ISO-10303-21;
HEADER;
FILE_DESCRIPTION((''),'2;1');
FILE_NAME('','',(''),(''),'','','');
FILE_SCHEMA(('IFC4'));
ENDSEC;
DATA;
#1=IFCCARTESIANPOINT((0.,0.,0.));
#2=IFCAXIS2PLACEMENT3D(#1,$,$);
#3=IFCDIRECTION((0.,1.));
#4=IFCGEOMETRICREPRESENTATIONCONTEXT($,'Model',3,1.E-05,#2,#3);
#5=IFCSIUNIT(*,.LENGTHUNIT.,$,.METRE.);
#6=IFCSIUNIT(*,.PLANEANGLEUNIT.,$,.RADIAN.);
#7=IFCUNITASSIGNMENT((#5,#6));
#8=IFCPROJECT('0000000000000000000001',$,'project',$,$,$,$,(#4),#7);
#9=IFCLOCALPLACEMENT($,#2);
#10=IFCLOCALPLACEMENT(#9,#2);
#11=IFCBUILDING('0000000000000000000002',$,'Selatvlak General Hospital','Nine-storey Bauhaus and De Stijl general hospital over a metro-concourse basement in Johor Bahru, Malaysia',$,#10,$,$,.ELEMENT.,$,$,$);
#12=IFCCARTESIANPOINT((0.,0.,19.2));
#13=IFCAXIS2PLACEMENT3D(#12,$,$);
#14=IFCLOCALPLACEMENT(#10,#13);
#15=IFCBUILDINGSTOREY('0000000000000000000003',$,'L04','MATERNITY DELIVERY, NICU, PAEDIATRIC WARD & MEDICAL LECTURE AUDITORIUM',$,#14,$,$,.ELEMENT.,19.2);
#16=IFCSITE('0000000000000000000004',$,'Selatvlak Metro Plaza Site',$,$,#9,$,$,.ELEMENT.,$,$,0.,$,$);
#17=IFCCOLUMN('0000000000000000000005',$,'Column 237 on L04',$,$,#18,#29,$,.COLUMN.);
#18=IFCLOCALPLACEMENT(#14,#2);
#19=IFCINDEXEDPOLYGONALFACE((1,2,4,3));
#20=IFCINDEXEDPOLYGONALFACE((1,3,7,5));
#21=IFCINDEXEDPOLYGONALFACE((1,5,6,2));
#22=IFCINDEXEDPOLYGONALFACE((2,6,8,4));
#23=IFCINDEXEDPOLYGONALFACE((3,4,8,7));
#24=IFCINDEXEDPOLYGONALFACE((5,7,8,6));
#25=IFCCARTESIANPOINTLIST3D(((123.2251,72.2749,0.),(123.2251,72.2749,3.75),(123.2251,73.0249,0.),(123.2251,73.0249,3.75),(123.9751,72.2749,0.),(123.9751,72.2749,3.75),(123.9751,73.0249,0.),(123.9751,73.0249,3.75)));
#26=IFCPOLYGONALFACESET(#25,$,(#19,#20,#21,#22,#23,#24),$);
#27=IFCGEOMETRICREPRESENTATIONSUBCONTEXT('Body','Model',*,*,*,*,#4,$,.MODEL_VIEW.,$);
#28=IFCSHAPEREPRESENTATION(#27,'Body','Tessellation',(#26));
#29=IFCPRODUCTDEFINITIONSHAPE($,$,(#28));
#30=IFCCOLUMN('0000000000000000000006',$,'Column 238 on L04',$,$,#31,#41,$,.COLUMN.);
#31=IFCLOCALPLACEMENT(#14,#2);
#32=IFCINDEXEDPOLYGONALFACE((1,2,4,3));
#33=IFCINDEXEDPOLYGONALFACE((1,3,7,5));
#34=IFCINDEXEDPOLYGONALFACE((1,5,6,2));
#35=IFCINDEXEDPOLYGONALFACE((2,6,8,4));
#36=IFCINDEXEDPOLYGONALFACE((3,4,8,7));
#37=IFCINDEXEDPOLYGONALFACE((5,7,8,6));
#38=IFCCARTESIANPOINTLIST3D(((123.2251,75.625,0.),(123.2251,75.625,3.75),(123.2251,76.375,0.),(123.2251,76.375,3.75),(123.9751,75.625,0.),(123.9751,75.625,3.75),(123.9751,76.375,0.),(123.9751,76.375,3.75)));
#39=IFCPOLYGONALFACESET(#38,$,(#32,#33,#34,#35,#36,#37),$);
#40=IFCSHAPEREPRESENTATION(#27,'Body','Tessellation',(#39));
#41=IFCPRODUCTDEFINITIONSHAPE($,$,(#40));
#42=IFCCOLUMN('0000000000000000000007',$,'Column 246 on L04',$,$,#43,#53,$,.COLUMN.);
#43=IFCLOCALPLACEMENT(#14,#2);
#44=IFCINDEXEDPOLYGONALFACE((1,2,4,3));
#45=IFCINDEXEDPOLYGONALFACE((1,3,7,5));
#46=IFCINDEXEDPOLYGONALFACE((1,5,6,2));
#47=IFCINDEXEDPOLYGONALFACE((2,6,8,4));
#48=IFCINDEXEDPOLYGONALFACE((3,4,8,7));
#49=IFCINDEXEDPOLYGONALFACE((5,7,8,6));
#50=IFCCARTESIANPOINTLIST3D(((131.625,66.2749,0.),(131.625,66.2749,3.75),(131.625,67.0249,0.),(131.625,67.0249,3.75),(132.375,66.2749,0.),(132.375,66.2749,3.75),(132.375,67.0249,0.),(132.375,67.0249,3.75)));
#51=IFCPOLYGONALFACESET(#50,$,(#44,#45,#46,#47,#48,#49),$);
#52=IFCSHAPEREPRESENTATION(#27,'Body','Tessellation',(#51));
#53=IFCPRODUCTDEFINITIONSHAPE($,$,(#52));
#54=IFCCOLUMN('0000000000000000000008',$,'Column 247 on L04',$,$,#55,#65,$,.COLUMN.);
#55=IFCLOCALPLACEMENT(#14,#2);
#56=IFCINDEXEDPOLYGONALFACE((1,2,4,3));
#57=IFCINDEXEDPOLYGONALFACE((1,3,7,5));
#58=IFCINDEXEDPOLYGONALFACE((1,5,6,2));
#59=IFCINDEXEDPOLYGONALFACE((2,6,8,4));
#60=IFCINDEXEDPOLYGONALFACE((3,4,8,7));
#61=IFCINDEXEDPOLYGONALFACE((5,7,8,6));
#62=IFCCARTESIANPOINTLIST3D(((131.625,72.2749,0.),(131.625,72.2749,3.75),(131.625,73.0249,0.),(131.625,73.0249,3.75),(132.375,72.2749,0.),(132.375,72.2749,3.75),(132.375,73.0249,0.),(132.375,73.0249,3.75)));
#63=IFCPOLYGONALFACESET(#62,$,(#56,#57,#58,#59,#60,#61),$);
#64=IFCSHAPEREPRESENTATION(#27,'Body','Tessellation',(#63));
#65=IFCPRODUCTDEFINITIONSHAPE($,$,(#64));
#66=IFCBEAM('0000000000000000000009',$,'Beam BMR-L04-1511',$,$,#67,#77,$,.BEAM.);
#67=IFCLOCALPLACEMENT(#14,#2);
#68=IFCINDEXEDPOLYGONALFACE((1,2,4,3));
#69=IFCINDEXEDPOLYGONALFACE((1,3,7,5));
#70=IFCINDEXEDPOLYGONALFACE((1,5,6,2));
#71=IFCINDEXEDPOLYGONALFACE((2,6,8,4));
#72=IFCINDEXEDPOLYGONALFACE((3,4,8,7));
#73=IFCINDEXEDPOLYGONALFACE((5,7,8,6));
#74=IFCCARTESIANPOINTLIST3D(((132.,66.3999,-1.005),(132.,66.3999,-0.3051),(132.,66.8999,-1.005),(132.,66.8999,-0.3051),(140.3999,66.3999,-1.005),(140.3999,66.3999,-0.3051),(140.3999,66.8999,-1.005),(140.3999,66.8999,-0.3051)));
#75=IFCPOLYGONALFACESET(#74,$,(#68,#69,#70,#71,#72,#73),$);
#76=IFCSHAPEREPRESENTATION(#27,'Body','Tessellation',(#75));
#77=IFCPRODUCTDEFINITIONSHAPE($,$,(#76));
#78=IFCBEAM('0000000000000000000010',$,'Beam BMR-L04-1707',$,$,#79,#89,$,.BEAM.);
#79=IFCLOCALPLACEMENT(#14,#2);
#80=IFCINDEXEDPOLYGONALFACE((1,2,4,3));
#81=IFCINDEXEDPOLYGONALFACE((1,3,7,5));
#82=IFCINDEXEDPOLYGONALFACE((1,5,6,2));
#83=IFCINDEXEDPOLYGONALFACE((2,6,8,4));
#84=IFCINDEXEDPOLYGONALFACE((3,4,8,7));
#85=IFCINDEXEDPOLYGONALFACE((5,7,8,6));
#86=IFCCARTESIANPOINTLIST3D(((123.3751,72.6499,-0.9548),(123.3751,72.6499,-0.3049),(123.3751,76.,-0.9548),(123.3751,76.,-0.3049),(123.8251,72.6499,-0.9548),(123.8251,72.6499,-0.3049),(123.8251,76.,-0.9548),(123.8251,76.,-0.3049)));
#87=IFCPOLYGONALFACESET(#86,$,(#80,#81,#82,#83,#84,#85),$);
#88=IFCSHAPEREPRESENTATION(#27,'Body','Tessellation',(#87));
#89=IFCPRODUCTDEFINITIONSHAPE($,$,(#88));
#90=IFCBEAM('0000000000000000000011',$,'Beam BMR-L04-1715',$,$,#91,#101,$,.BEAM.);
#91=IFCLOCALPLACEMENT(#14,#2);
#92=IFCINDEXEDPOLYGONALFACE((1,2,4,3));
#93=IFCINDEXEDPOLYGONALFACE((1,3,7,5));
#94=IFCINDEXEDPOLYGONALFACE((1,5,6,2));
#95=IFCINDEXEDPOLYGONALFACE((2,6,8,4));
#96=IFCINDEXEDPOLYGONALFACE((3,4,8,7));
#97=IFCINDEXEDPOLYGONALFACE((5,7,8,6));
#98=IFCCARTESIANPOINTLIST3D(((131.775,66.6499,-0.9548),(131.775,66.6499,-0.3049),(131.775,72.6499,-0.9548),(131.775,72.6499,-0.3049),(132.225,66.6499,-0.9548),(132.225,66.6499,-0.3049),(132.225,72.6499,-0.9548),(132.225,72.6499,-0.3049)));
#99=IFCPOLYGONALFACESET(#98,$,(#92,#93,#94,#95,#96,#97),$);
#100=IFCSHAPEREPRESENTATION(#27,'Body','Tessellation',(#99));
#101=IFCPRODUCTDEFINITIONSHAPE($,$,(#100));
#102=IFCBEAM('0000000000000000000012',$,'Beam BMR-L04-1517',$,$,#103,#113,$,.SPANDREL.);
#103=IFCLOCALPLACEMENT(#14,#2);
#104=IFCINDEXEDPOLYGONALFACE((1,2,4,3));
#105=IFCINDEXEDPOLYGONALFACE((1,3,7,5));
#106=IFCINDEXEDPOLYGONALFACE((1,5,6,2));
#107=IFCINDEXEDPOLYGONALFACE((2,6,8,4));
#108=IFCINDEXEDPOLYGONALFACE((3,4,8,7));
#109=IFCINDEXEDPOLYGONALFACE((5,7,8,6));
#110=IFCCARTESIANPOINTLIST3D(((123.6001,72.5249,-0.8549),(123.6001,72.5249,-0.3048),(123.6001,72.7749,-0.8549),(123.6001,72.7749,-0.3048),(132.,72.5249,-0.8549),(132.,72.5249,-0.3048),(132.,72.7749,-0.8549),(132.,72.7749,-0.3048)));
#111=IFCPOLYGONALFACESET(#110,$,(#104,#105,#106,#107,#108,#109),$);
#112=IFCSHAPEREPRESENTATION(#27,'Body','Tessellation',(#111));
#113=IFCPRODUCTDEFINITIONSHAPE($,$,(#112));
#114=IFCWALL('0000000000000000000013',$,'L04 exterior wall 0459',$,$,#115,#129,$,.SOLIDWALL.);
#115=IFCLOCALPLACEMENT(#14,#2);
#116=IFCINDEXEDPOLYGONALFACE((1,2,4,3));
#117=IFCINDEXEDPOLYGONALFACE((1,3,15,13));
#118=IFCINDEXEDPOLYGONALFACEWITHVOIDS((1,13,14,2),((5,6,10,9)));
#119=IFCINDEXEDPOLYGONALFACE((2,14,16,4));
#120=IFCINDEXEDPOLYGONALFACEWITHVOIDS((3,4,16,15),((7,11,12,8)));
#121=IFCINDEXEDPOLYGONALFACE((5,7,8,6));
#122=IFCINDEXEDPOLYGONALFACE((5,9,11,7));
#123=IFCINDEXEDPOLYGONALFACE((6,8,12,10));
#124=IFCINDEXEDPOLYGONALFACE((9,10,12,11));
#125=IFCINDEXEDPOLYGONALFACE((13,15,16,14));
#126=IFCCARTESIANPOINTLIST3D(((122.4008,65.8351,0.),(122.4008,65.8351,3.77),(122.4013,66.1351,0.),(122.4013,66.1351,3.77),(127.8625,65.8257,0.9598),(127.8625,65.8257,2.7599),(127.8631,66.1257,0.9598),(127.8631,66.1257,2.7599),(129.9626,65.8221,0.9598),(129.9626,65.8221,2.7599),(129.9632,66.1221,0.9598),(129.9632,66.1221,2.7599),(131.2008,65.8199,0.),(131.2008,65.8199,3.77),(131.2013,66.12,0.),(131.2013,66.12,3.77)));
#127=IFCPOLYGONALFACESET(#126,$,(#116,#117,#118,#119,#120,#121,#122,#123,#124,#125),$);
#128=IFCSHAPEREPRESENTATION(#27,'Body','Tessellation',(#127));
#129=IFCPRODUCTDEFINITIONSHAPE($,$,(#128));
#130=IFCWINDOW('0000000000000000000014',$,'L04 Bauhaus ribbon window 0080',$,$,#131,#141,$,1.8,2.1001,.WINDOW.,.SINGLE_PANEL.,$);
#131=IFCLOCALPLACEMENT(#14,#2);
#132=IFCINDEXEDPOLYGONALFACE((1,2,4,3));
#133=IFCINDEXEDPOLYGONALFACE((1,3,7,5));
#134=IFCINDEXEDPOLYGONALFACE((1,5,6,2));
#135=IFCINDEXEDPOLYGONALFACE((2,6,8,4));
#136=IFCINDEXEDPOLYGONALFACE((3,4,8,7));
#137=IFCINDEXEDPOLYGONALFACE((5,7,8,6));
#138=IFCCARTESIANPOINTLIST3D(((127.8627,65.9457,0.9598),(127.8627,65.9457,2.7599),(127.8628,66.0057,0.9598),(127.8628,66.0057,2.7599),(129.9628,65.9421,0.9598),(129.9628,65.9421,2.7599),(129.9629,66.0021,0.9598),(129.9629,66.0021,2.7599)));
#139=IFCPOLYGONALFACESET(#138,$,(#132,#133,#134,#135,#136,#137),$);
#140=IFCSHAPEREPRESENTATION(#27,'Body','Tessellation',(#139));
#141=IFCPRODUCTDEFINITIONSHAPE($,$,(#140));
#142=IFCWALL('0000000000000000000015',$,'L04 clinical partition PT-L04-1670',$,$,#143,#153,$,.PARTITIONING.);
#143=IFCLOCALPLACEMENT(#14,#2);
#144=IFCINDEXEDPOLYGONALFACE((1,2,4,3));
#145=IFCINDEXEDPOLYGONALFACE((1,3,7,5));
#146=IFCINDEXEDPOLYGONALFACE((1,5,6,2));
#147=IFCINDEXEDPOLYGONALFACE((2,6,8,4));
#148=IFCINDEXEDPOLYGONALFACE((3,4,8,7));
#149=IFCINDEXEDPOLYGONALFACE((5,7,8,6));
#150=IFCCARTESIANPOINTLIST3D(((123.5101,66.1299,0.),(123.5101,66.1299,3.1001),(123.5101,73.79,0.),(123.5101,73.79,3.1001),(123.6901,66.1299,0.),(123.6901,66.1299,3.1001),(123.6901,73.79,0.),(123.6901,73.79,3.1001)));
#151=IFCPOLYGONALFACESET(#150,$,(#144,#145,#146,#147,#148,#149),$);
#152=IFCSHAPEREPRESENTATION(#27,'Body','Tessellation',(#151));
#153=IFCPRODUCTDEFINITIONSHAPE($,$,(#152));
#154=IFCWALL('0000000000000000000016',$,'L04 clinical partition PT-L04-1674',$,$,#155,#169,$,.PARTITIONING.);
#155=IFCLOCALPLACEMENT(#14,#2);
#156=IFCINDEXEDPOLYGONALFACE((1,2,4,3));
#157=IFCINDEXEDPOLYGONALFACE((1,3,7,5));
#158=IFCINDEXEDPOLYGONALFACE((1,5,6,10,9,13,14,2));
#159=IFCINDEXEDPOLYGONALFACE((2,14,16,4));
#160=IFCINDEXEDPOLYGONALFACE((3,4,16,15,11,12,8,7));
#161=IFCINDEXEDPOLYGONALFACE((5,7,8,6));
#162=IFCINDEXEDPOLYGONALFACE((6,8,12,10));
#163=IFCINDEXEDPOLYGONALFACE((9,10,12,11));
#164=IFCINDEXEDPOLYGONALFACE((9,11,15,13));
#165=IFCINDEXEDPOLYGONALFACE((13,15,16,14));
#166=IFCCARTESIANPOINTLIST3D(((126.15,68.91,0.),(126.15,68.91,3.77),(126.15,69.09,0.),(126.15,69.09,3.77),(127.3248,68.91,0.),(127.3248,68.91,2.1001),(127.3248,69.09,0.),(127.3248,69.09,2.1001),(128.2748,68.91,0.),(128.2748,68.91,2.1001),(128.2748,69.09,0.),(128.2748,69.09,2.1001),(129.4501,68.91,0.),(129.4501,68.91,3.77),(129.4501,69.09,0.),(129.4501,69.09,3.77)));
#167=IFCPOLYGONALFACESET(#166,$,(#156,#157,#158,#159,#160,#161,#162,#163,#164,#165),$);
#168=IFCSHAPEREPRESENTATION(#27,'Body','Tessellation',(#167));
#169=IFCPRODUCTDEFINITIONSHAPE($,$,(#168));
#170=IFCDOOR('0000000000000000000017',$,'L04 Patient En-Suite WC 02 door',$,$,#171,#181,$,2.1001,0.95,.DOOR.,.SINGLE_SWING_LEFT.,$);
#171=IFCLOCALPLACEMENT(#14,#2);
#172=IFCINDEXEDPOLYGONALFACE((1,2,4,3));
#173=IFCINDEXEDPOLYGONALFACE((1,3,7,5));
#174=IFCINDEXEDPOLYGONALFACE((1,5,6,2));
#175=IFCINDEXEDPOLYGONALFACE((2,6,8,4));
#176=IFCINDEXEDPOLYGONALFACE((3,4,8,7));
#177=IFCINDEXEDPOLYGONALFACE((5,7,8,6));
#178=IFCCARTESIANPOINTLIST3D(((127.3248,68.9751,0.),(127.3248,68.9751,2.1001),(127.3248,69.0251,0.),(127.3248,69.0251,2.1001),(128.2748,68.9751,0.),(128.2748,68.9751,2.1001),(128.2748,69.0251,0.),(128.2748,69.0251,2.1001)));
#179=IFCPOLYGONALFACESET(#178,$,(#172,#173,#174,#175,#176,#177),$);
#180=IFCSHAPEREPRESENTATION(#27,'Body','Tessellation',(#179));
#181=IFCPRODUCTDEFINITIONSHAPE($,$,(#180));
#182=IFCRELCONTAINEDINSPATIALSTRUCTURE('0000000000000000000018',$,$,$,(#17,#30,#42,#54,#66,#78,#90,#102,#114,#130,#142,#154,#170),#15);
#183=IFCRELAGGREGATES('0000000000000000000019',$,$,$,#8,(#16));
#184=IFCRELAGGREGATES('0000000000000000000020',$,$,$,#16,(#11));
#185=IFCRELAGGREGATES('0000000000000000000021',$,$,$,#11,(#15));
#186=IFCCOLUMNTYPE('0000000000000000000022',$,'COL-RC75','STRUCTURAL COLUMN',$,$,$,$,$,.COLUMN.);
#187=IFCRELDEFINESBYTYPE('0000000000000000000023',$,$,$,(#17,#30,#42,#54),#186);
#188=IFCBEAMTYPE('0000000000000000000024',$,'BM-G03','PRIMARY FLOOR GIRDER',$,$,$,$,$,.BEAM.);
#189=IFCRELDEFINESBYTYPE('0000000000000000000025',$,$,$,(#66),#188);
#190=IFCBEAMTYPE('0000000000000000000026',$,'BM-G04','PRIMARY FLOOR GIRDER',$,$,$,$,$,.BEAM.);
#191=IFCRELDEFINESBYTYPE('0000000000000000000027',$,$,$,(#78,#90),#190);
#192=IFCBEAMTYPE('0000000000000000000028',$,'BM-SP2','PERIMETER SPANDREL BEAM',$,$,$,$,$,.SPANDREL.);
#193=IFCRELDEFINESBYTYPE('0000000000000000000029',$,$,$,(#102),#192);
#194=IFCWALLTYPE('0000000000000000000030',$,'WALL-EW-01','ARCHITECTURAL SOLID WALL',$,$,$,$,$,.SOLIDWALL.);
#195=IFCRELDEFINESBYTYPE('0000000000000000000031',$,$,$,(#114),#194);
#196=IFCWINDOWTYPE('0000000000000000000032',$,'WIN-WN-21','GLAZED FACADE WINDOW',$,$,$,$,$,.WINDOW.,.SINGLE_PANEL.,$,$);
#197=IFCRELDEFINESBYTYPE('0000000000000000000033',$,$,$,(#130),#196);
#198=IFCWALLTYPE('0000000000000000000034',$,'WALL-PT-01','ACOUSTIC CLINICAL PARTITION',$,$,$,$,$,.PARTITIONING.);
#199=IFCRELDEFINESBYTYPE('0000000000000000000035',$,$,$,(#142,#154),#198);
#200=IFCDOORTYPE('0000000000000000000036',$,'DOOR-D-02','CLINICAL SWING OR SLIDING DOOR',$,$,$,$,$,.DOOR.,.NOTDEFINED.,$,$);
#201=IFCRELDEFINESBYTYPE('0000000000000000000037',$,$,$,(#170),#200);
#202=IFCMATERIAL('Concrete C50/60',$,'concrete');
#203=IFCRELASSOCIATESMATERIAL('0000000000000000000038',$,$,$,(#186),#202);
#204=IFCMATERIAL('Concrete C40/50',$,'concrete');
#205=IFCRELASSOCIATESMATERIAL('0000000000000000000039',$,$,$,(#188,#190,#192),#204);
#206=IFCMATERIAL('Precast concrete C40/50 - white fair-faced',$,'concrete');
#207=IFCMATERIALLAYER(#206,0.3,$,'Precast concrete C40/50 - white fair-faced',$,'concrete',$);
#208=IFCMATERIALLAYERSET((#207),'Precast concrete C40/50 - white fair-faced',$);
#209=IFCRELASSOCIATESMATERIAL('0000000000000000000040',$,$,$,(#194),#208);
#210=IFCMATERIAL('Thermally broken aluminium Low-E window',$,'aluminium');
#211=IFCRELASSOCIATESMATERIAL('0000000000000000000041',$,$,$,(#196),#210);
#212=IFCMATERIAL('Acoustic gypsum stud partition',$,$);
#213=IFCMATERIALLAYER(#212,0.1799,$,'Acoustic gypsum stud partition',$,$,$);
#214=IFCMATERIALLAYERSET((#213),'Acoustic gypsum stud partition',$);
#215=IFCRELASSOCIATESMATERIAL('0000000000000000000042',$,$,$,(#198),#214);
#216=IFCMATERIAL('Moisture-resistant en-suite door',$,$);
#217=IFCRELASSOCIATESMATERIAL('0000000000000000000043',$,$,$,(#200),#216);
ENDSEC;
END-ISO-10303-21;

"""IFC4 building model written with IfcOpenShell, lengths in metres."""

from ifc_helpers import new_model, si_unit, direction, frame, frame_2d, origin, origin_2d, place, context, subcontext, project, spatial, rectangle, extrude, material, layer, layer_set, material_profile, profile_set, type_object, element, fill, save


model = new_model("IFC4")

# Units and contexts
model_context = context("Model", 3, precision=1e-05, world=origin(), true_north=direction((0.0, 1.0)))
body_context = subcontext(model_context, "Body", "Model", "MODEL_VIEW")
ifc_project = project(units=[si_unit("LENGTHUNIT", "METRE"), si_unit("PLANEANGLEUNIT", "RADIAN")], contexts=[model_context])

# Site, building, storey
site_placement = place(None, origin())
site = spatial("IfcSite", under=ifc_project, at=site_placement, Name="Selatvlak Metro Plaza Site", CompositionType="ELEMENT", RefElevation=0.0)
building_placement = place(site_placement, origin())
building = spatial("IfcBuilding", under=site, at=building_placement, Name="Selatvlak General Hospital", Description="Nine-storey Bauhaus and De Stijl general hospital over a metro-concourse basement in Johor Bahru, Malaysia", CompositionType="ELEMENT")
storey_placement = place(building_placement, frame((0.0, 0.0, 19.2)))
storey = spatial("IfcBuildingStorey", under=building, at=storey_placement, Name="L04", Description="MATERNITY DELIVERY, NICU, PAEDIATRIC WARD & MEDICAL LECTURE AUDITORIUM", CompositionType="ELEMENT", Elevation=19.2)

# Columns
ifc_material_1 = material(Name="Concrete C50/60", Category="concrete")
ifc_material_profile_1 = material_profile(ifc_material_1, rectangle(XDim=0.75, YDim=0.75, at=origin_2d()), Name="RC-COL 750x750")
ifc_profile_set_1 = profile_set([ifc_material_profile_1], Name="Concrete C50/60")
column_type = type_object("IfcColumnType", Name="COL-RC75", Description="STRUCTURAL COLUMN", PredefinedType="COLUMN", material=ifc_profile_set_1)
for number, where, z_axis, x_axis, name in (
    (1, (123.6001, 72.6499, 0.0), (0.0, 0.0, 1.0), (1.0, 0.0, 0.0), "Column 237 on L04"),
    (2, (123.6001, 76.0, 0.0), (0.0, 0.0, 1.0), (1.0, 0.0, 0.0), "Column 238 on L04"),
    (3, (132.0, 66.6499, 0.0), (0.0, 0.0, 1.0), (1.0, 0.0, 0.0), "Column 246 on L04"),
    (4, (132.0, 72.6499, 0.0), (0.0, 0.0, 1.0), (1.0, 0.0, 0.0), "Column 247 on L04"),
):
    element("IfcColumn", number, at=place(storey_placement, frame(where, z_axis=z_axis, x_axis=x_axis)), inside=storey, type_object=column_type, Name=name, PredefinedType="COLUMN", context=body_context, shape_type="SweptSolid", body=[
        extrude(rectangle(XDim=0.75, YDim=0.75, at=origin_2d()), origin(), (0.0, 0.0, 1.0), 3.75),
    ])

# Beams
ifc_material_2 = material(Name="Concrete C40/50", Category="concrete")
ifc_material_profile_2 = material_profile(ifc_material_2, rectangle(XDim=0.5, YDim=0.7, at=origin_2d()), Name="RC-BM 500x700")
ifc_profile_set_2 = profile_set([ifc_material_profile_2], Name="Concrete C40/50")
beam_type_1 = type_object("IfcBeamType", Name="BM-G03", Description="PRIMARY FLOOR GIRDER", PredefinedType="BEAM", material=ifc_profile_set_2)
beam_1_placement = place(storey_placement, frame((132.0, 66.6499, -0.655), z_axis=(1.0, 0.0, 0.0), x_axis=(0.0, 1.0, 0.0)))
element("IfcBeam", 5, at=beam_1_placement, inside=storey, type_object=beam_type_1, Name="Beam BMR-L04-1511", PredefinedType="BEAM", context=body_context, shape_type="SweptSolid", body=[
    extrude(rectangle(XDim=0.5, YDim=0.7, at=origin_2d()), origin(), (0.0, 0.0, 1.0), 8.3999),
])
ifc_material_profile_3 = material_profile(ifc_material_2, rectangle(XDim=0.45, YDim=0.6499, at=origin_2d()), Name="RC-BM 450x650")
ifc_profile_set_3 = profile_set([ifc_material_profile_3], Name="Concrete C40/50")
beam_type_2 = type_object("IfcBeamType", Name="BM-G04", Description="PRIMARY FLOOR GIRDER", PredefinedType="BEAM", material=ifc_profile_set_3)
beam_2_placement = place(storey_placement, frame((123.6001, 72.6499, -0.6299), z_axis=(0.0, 1.0, 0.0), x_axis=(-1.0, 0.0, 0.0)))
element("IfcBeam", 6, at=beam_2_placement, inside=storey, type_object=beam_type_2, Name="Beam BMR-L04-1707", PredefinedType="BEAM", context=body_context, shape_type="SweptSolid", body=[
    extrude(rectangle(XDim=0.45, YDim=0.6499, at=origin_2d()), origin(), (0.0, 0.0, 1.0), 3.3501),
])
beam_3_placement = place(storey_placement, frame((132.0, 66.6499, -0.6299), z_axis=(0.0, 1.0, 0.0), x_axis=(-1.0, 0.0, 0.0)))
element("IfcBeam", 7, at=beam_3_placement, inside=storey, type_object=beam_type_2, Name="Beam BMR-L04-1715", PredefinedType="BEAM", context=body_context, shape_type="SweptSolid", body=[
    extrude(rectangle(XDim=0.45, YDim=0.6499, at=origin_2d()), origin(), (0.0, 0.0, 1.0), 6.0),
])
ifc_material_profile_4 = material_profile(ifc_material_2, rectangle(XDim=0.25, YDim=0.55, at=origin_2d()), Name="RC-SP 250x550")
ifc_profile_set_4 = profile_set([ifc_material_profile_4], Name="Concrete C40/50")
beam_type_3 = type_object("IfcBeamType", Name="BM-SP2", Description="PERIMETER SPANDREL BEAM", PredefinedType="SPANDREL", material=ifc_profile_set_4)
beam_4_placement = place(storey_placement, frame((123.6001, 72.6499, -0.5798), z_axis=(1.0, 0.0, 0.0), x_axis=(0.0, 1.0, 0.0)))
element("IfcBeam", 8, at=beam_4_placement, inside=storey, type_object=beam_type_3, Name="Beam BMR-L04-1517", PredefinedType="SPANDREL", context=body_context, shape_type="SweptSolid", body=[
    extrude(rectangle(XDim=0.25, YDim=0.55, at=origin_2d()), origin(), (0.0, 0.0, 1.0), 8.3999),
])

# Wall, opening, window
ifc_material_3 = material(Name="Precast concrete C40/50 - white fair-faced", Category="concrete")
ifc_layer_1 = layer(ifc_material_3, 0.3, Name="Precast concrete C40/50 - white fair-faced", Category="concrete")
ifc_layer_set_1 = layer_set([ifc_layer_1], Name="Precast concrete C40/50 - white fair-faced")
wall_type_1 = type_object("IfcWallType", Name="WALL-EW-01", Description="ARCHITECTURAL SOLID WALL", PredefinedType="SOLIDWALL", material=ifc_layer_set_1)
wall_1_placement = place(storey_placement, frame((131.2009, 65.97, 0.0), z_axis=(0.0, 0.0, 1.0), x_axis=(-0.999999, 0.00172, 0.0)))
wall_1 = element("IfcWall", 9, at=wall_1_placement, inside=storey, type_object=wall_type_1, Name="L04 exterior wall 0459", PredefinedType="SOLIDWALL", context=body_context, shape_type="SweptSolid", body=[
    extrude(rectangle(XDim=8.8, YDim=0.3, at=frame_2d((4.3999, 0.0))), origin(), (0.0, 0.0, 1.0), 3.77),
])
opening_1_placement = place(wall_1_placement, frame((1.238, 0.0, 0.96)))
opening_1 = element("IfcOpeningElement", 10, at=opening_1_placement, cuts=wall_1, PredefinedType="OPENING", context=body_context, shape_type="SweptSolid", body=[
    extrude(rectangle(XDim=2.1001, YDim=1.8, at=frame_2d((1.05, 0.8999))), frame((0.0, 0.1599, 0.0), z_axis=(0.0, -1.0, 0.0), x_axis=(1.0, 0.0, 0.0)), (0.0, 0.0, 1.0), 0.3201),
])
ifc_material_4 = material(Name="Thermally broken aluminium Low-E window", Category="aluminium")
window_type = type_object("IfcWindowType", Name="WIN-WN-21", Description="GLAZED FACADE WINDOW", PartitioningType="SINGLE_PANEL", PredefinedType="WINDOW", material=ifc_material_4)
window_placement = place(opening_1_placement, origin())
window = element("IfcWindow", 11, at=window_placement, inside=storey, type_object=window_type, Name="L04 Bauhaus ribbon window 0080", OverallHeight=1.8, OverallWidth=2.1001, PartitioningType="SINGLE_PANEL", PredefinedType="WINDOW", context=body_context, shape_type="SweptSolid", body=[
    extrude(rectangle(XDim=2.1001, YDim=1.8, at=frame_2d((1.05, 0.8999))), frame((0.0, 0.03, 0.0), z_axis=(0.0, -1.0, 0.0), x_axis=(1.0, 0.0, 0.0)), (0.0, 0.0, 1.0), 0.0601),
])
fill(opening_1, window)

# Wall
ifc_material_5 = material(Name="Acoustic gypsum stud partition")
ifc_layer_2 = layer(ifc_material_5, 0.1799, Name="Acoustic gypsum stud partition")
ifc_layer_set_2 = layer_set([ifc_layer_2], Name="Acoustic gypsum stud partition")
wall_type_2 = type_object("IfcWallType", Name="WALL-PT-01", Description="ACOUSTIC CLINICAL PARTITION", PredefinedType="PARTITIONING", material=ifc_layer_set_2)
wall_2_placement = place(storey_placement, frame((123.6001, 73.79, 0.0), z_axis=(0.0, 0.0, 1.0), x_axis=(0.0, -1.0, 0.0)))
element("IfcWall", 12, at=wall_2_placement, inside=storey, type_object=wall_type_2, Name="L04 clinical partition PT-L04-1670", PredefinedType="PARTITIONING", context=body_context, shape_type="SweptSolid", body=[
    extrude(rectangle(XDim=7.6602, YDim=0.1799, at=frame_2d((3.8301, 0.0))), origin(), (0.0, 0.0, 1.0), 3.1001),
])

# Wall, opening, door
wall_3_placement = place(storey_placement, frame((129.45, 69.0, 0.0), z_axis=(0.0, 0.0, 1.0), x_axis=(-1.0, 0.0, 0.0)))
wall_3 = element("IfcWall", 13, at=wall_3_placement, inside=storey, type_object=wall_type_2, Name="L04 clinical partition PT-L04-1674", PredefinedType="PARTITIONING", context=body_context, shape_type="SweptSolid", body=[
    extrude(rectangle(XDim=3.3, YDim=0.1799, at=frame_2d((1.6499, 0.0))), origin(), (0.0, 0.0, 1.0), 3.77),
])
opening_2_placement = place(wall_3_placement, frame((1.175, 0.0, 0.0)))
opening_2 = element("IfcOpeningElement", 14, at=opening_2_placement, cuts=wall_3, PredefinedType="OPENING", context=body_context, shape_type="SweptSolid", body=[
    extrude(rectangle(XDim=0.95, YDim=2.1001, at=frame_2d((0.4751, 1.05))), frame((0.0, 0.0999, 0.0), z_axis=(0.0, -1.0, 0.0), x_axis=(1.0, 0.0, 0.0)), (0.0, 0.0, 1.0), 0.2),
])
ifc_material_6 = material(Name="Moisture-resistant en-suite door")
door_type_1 = type_object("IfcDoorType", Name="DOOR-D-02", Description="CLINICAL SWING OR SLIDING DOOR", OperationType="NOTDEFINED", PredefinedType="DOOR", material=ifc_material_6)
door_1_placement = place(opening_2_placement, origin())
door_1 = element("IfcDoor", 15, at=door_1_placement, inside=storey, type_object=door_type_1, Name="L04 Patient En-Suite WC 02 door", OperationType="SINGLE_SWING_LEFT", OverallHeight=2.1001, OverallWidth=0.95, PredefinedType="DOOR", context=body_context, shape_type="SweptSolid", body=[
    extrude(rectangle(XDim=0.95, YDim=2.1001, at=frame_2d((0.4751, 1.05))), frame((0.0, 0.0249, 0.0), z_axis=(0.0, -1.0, 0.0), x_axis=(1.0, 0.0, 0.0)), (0.0, 0.0, 1.0), 0.05),
])
fill(opening_2, door_1)

save(model, "model.ifc")
